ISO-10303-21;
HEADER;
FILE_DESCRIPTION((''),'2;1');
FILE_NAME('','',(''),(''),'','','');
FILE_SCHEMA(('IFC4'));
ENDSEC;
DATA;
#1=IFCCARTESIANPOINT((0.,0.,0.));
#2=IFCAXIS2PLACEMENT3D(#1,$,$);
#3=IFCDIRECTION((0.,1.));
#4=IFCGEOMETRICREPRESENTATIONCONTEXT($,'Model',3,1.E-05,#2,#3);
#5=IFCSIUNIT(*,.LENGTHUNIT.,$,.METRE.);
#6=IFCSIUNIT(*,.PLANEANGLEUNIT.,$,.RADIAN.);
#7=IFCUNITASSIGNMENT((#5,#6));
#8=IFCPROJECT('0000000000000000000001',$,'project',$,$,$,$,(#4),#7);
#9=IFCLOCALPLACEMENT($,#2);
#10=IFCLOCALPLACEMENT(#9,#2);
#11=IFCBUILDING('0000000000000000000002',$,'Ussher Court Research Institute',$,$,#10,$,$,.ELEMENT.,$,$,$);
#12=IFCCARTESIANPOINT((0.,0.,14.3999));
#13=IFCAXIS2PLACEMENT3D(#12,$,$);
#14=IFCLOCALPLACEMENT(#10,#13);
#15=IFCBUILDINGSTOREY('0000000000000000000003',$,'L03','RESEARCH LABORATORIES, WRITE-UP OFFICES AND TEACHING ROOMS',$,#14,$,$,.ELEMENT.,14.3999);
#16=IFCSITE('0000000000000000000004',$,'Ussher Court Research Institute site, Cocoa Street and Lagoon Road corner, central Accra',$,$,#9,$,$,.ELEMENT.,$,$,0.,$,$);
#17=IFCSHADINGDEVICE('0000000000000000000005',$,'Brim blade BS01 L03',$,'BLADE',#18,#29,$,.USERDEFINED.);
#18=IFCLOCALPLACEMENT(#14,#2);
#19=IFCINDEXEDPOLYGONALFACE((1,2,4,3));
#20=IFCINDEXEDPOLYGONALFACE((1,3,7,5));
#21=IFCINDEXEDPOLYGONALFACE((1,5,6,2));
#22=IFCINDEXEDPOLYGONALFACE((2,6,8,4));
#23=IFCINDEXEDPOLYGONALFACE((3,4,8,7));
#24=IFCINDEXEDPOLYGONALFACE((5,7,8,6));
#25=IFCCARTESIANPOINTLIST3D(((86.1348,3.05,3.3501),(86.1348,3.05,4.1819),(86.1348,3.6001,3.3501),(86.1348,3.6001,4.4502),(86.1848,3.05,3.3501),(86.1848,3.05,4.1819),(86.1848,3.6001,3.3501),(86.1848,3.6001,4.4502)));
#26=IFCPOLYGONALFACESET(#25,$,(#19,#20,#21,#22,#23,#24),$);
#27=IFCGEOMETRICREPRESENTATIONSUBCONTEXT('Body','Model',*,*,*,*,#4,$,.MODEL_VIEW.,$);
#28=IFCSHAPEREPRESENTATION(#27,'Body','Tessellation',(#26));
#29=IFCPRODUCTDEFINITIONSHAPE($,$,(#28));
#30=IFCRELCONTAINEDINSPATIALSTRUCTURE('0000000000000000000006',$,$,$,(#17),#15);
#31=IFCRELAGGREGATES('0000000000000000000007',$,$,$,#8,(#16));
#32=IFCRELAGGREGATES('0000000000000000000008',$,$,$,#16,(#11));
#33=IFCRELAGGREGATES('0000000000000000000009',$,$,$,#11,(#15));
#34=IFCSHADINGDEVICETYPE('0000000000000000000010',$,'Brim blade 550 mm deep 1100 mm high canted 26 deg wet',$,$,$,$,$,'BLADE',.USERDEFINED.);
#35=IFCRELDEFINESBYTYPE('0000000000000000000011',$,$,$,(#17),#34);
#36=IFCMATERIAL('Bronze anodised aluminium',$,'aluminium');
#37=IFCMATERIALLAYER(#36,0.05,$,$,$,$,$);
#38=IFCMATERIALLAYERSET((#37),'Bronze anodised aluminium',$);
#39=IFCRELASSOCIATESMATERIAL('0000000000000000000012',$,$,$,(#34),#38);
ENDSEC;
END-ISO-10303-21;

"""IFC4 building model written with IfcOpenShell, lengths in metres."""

from ifc_helpers import new_model, si_unit, direction, frame, origin, place, context, subcontext, project, spatial, polyline, outline, extrude, material, layer, layer_set, type_object, element, save


model = new_model("IFC4")

# Units and contexts
model_context = context("Model", 3, precision=1e-05, world=origin(), true_north=direction((0.0, 1.0)))
body_context = subcontext(model_context, "Body", "Model", "MODEL_VIEW")
ifc_project = project(units=[si_unit("LENGTHUNIT", "METRE"), si_unit("PLANEANGLEUNIT", "RADIAN")], contexts=[model_context])

# Site, building, storey
site_placement = place(None, origin())
site = spatial("IfcSite", under=ifc_project, at=site_placement, Name="Ussher Court Research Institute site, Cocoa Street and Lagoon Road corner, central Accra", CompositionType="ELEMENT", RefElevation=0.0)
building_placement = place(site_placement, origin())
building = spatial("IfcBuilding", under=site, at=building_placement, Name="Ussher Court Research Institute", CompositionType="ELEMENT")
storey_placement = place(building_placement, frame((0.0, 0.0, 14.3999)))
storey = spatial("IfcBuildingStorey", under=building, at=storey_placement, Name="L03", Description="RESEARCH LABORATORIES, WRITE-UP OFFICES AND TEACHING ROOMS", CompositionType="ELEMENT", Elevation=14.3999)

# Shading device
ifc_material_1 = material(Name="Bronze anodised aluminium", Category="aluminium")
ifc_layer_1 = layer(ifc_material_1, 0.05)
ifc_layer_set_1 = layer_set([ifc_layer_1], Name="Bronze anodised aluminium")
shading_device_type_1 = type_object("IfcShadingDeviceType", Name="Brim blade 550 mm deep 1100 mm high canted 26 deg wet", ElementType="BLADE", PredefinedType="USERDEFINED", material=ifc_layer_set_1)
for number, where, z_axis, x_axis, name in (
    (1, (86.1599, 3.6001, 3.3501), (0.0, 0.0, 1.0), (0.0, -1.0, 0.0), "Brim blade BS01 L03"),
):
    element("IfcShadingDevice", number, at=place(storey_placement, frame(where, z_axis=z_axis, x_axis=x_axis)), inside=storey, type_object=shading_device_type_1, Name=name, ObjectType="BLADE", PredefinedType="USERDEFINED", context=body_context, shape_type="SweptSolid", body=[
        extrude(outline(polyline([(0.0, 0.0), (0.55, 0.0), (0.55, 0.8318), (0.0, 1.1001), (0.0, 0.0)])), frame((0.0, 0.0249, 0.0), z_axis=(0.0, -1.0, 0.0), x_axis=(1.0, 0.0, 0.0)), (0.0, 0.0, 1.0), 0.05),
    ])

save(model, "model.ifc")
